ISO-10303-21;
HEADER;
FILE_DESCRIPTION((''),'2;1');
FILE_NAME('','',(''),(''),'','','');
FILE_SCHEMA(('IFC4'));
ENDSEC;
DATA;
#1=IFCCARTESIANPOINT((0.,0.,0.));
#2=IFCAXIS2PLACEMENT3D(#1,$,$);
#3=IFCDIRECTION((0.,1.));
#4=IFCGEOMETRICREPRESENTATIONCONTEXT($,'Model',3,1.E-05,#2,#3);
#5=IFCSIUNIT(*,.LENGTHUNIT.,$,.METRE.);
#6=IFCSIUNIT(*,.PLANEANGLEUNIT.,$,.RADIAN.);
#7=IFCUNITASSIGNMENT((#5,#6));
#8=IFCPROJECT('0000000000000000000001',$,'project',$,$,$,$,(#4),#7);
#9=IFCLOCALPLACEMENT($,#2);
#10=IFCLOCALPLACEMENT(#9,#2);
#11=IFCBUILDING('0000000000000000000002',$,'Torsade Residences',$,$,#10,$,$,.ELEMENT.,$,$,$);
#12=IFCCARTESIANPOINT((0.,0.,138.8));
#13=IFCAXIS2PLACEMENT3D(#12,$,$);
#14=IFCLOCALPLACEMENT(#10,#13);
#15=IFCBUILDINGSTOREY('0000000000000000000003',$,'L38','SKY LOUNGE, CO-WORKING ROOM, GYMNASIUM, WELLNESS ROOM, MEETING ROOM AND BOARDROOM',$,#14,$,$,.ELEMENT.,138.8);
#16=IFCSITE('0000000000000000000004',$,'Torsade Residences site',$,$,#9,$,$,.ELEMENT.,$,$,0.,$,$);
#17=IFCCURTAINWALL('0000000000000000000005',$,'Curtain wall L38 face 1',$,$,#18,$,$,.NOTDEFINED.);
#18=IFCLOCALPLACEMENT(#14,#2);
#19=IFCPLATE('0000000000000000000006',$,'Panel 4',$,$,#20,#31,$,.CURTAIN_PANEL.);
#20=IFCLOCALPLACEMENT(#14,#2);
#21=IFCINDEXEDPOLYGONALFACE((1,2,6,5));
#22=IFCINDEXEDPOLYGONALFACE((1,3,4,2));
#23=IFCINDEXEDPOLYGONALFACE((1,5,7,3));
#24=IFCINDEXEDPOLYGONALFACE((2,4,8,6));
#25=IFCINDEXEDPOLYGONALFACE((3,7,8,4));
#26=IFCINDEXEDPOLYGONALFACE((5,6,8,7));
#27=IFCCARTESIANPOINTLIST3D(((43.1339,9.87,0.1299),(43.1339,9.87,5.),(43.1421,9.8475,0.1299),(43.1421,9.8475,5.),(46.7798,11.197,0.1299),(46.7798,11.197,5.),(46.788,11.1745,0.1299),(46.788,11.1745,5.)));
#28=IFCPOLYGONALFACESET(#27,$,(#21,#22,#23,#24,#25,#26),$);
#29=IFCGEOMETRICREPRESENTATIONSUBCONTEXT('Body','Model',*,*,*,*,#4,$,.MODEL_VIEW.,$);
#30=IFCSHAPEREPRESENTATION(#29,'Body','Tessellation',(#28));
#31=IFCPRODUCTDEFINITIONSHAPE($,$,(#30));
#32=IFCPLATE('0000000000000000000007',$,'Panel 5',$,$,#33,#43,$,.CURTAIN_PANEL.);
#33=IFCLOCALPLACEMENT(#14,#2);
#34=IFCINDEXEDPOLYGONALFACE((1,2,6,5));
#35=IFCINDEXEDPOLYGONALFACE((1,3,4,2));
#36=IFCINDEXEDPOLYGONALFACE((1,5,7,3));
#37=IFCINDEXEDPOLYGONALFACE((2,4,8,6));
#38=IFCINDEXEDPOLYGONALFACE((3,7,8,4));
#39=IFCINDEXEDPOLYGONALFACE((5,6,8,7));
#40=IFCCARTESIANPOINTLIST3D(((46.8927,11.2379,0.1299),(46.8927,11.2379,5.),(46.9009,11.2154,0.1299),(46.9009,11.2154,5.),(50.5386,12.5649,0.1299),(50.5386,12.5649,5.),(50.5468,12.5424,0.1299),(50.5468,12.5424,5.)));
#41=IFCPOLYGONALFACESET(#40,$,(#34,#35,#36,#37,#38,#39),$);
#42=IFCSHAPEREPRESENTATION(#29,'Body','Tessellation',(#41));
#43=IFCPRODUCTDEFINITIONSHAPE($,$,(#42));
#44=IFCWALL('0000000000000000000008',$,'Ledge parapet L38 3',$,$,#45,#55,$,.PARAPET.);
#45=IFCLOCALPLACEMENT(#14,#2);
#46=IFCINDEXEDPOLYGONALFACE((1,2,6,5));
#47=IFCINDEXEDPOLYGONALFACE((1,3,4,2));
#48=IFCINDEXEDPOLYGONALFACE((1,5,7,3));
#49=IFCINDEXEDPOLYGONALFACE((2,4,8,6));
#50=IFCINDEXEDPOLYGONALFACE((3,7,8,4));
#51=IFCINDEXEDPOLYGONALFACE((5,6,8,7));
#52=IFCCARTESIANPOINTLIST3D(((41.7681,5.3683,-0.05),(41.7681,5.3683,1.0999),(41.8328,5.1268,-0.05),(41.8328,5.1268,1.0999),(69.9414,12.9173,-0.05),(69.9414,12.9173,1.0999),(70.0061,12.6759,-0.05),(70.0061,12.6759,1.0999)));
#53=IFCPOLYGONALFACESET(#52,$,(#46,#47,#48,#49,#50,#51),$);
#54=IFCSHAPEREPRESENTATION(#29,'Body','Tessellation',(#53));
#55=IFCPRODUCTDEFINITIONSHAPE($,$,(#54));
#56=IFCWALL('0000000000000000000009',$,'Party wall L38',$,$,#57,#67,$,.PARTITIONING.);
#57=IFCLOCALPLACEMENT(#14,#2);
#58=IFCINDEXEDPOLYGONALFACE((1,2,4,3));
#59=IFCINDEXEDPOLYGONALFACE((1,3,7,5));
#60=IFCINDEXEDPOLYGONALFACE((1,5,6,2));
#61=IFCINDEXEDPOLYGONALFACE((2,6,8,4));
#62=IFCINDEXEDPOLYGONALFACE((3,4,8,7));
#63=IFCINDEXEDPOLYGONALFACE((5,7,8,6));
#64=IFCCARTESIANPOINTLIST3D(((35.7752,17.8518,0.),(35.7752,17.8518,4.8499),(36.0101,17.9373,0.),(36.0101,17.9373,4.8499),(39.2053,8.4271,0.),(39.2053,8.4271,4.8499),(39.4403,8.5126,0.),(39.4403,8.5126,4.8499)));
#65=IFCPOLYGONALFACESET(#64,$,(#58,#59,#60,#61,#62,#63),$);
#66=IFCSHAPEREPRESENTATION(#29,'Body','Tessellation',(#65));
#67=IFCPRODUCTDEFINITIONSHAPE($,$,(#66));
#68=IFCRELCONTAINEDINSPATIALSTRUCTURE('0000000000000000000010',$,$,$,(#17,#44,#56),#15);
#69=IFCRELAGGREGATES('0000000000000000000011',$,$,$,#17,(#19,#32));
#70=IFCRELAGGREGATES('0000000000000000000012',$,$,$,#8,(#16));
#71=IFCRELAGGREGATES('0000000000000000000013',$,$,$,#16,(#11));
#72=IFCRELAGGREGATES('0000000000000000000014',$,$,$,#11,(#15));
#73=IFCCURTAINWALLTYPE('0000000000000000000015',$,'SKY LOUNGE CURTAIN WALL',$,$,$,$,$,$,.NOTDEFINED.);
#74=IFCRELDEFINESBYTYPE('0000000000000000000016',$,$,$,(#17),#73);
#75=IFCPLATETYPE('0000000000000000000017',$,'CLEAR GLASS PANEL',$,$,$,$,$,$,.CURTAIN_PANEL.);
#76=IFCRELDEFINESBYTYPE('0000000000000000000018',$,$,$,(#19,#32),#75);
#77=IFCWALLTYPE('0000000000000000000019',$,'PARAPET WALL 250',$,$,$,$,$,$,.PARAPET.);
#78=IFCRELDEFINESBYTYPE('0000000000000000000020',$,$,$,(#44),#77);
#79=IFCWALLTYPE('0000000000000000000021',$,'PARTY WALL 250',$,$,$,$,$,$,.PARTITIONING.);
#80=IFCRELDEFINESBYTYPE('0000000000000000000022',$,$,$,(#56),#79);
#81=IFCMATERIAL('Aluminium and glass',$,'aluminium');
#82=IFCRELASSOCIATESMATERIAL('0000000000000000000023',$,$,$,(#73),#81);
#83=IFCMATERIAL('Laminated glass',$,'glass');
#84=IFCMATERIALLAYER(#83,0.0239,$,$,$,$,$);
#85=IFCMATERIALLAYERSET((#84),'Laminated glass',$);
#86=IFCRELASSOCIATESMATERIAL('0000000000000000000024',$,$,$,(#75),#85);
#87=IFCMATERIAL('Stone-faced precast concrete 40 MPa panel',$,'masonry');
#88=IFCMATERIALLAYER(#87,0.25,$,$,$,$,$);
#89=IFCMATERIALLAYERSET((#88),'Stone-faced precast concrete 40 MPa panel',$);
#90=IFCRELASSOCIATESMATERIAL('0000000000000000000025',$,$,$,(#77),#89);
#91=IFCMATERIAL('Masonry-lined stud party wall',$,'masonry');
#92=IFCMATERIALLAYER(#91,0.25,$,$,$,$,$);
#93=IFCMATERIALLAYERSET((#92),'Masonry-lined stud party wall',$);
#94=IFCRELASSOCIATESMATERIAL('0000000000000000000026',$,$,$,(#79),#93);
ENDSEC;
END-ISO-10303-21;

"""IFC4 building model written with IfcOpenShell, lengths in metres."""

from ifc_helpers import new_model, si_unit, direction, frame, frame_2d, origin, origin_2d, place, context, subcontext, project, spatial, rectangle, extrude, material, layer, layer_set, type_object, element, aggregate, save


model = new_model("IFC4")

# Units and contexts
model_context = context("Model", 3, precision=1e-05, world=origin(), true_north=direction((0.0, 1.0)))
body_context = subcontext(model_context, "Body", "Model", "MODEL_VIEW")
ifc_project = project(units=[si_unit("LENGTHUNIT", "METRE"), si_unit("PLANEANGLEUNIT", "RADIAN")], contexts=[model_context])

# Site, building, storey
site_placement = place(None, origin())
site = spatial("IfcSite", under=ifc_project, at=site_placement, Name="Torsade Residences site", CompositionType="ELEMENT", RefElevation=0.0)
building_placement = place(site_placement, origin())
building = spatial("IfcBuilding", under=site, at=building_placement, Name="Torsade Residences", CompositionType="ELEMENT")
storey_placement = place(building_placement, frame((0.0, 0.0, 138.8)))
storey = spatial("IfcBuildingStorey", under=building, at=storey_placement, Name="L38", Description="SKY LOUNGE, CO-WORKING ROOM, GYMNASIUM, WELLNESS ROOM, MEETING ROOM AND BOARDROOM", CompositionType="ELEMENT", Elevation=138.8)

# Curtain wall
ifc_material_1 = material(Name="Aluminium and glass", Category="aluminium")
curtain_wall_type = type_object("IfcCurtainWallType", Name="SKY LOUNGE CURTAIN WALL", PredefinedType="NOTDEFINED", material=ifc_material_1)
curtain_wall_placement = place(storey_placement, origin())
curtain_wall = element("IfcCurtainWall", 1, at=curtain_wall_placement, inside=storey, type_object=curtain_wall_type, Name="Curtain wall L38 face 1", PredefinedType="NOTDEFINED")

# Plates
ifc_material_2 = material(Name="Laminated glass", Category="glass")
ifc_layer_1 = layer(ifc_material_2, 0.0239)
ifc_layer_set_1 = layer_set([ifc_layer_1], Name="Laminated glass")
plate_type = type_object("IfcPlateType", Name="CLEAR GLASS PANEL", PredefinedType="CURTAIN_PANEL", material=ifc_layer_set_1)
plate_1_placement = place(storey_placement, frame((44.9609, 10.5222, 0.1299), z_axis=(0.0, 0.0, 1.0), x_axis=(0.939693, 0.34202, 0.0)))
plate_1 = element("IfcPlate", 2, at=plate_1_placement, type_object=plate_type, Name="Panel 4", PredefinedType="CURTAIN_PANEL", context=body_context, shape_type="SweptSolid", body=[
    extrude(rectangle(XDim=3.8799, YDim=0.0239, at=origin_2d()), origin(), (0.0, 0.0, 1.0), 4.8701),
])
plate_2_placement = place(storey_placement, frame((48.7197, 11.8901, 0.1299), z_axis=(0.0, 0.0, 1.0), x_axis=(0.939693, 0.34202, 0.0)))
plate_2 = element("IfcPlate", 3, at=plate_2_placement, type_object=plate_type, Name="Panel 5", PredefinedType="CURTAIN_PANEL", context=body_context, shape_type="SweptSolid", body=[
    extrude(rectangle(XDim=3.8799, YDim=0.0239, at=origin_2d()), origin(), (0.0, 0.0, 1.0), 4.8701),
])
aggregate(curtain_wall, [plate_1, plate_2])

# Walls
ifc_material_3 = material(Name="Stone-faced precast concrete 40 MPa panel", Category="masonry")
ifc_layer_2 = layer(ifc_material_3, 0.25)
ifc_layer_set_2 = layer_set([ifc_layer_2], Name="Stone-faced precast concrete 40 MPa panel")
wall_type_1 = type_object("IfcWallType", Name="PARAPET WALL 250", PredefinedType="PARAPET", material=ifc_layer_set_2)
wall_1_placement = place(storey_placement, frame((41.8005, 5.2476, -0.05), z_axis=(0.0, 0.0, 1.0), x_axis=(0.965925, 0.258821, 0.0)))
element("IfcWall", 4, at=wall_1_placement, inside=storey, type_object=wall_type_1, Name="Ledge parapet L38 3", PredefinedType="PARAPET", context=body_context, shape_type="SweptSolid", body=[
    extrude(rectangle(XDim=29.1672, YDim=0.25, at=frame_2d((14.5835, 0.0))), origin(), (0.0, 0.0, 1.0), 1.1499),
])
ifc_material_4 = material(Name="Masonry-lined stud party wall", Category="masonry")
ifc_layer_3 = layer(ifc_material_4, 0.25)
ifc_layer_set_3 = layer_set([ifc_layer_3], Name="Masonry-lined stud party wall")
wall_type_2 = type_object("IfcWallType", Name="PARTY WALL 250", PredefinedType="PARTITIONING", material=ifc_layer_set_3)
wall_2_placement = place(storey_placement, frame((39.3228, 8.47, 0.0), z_axis=(0.0, 0.0, 1.0), x_axis=(-0.342005, 0.939698, 0.0)))
element("IfcWall", 5, at=wall_2_placement, inside=storey, type_object=wall_type_2, Name="Party wall L38", PredefinedType="PARTITIONING", context=body_context, shape_type="SweptSolid", body=[
    extrude(rectangle(XDim=10.0295, YDim=0.25, at=frame_2d((5.0146, 0.0))), origin(), (0.0, 0.0, 1.0), 4.8499),
])

save(model, "model.ifc")
